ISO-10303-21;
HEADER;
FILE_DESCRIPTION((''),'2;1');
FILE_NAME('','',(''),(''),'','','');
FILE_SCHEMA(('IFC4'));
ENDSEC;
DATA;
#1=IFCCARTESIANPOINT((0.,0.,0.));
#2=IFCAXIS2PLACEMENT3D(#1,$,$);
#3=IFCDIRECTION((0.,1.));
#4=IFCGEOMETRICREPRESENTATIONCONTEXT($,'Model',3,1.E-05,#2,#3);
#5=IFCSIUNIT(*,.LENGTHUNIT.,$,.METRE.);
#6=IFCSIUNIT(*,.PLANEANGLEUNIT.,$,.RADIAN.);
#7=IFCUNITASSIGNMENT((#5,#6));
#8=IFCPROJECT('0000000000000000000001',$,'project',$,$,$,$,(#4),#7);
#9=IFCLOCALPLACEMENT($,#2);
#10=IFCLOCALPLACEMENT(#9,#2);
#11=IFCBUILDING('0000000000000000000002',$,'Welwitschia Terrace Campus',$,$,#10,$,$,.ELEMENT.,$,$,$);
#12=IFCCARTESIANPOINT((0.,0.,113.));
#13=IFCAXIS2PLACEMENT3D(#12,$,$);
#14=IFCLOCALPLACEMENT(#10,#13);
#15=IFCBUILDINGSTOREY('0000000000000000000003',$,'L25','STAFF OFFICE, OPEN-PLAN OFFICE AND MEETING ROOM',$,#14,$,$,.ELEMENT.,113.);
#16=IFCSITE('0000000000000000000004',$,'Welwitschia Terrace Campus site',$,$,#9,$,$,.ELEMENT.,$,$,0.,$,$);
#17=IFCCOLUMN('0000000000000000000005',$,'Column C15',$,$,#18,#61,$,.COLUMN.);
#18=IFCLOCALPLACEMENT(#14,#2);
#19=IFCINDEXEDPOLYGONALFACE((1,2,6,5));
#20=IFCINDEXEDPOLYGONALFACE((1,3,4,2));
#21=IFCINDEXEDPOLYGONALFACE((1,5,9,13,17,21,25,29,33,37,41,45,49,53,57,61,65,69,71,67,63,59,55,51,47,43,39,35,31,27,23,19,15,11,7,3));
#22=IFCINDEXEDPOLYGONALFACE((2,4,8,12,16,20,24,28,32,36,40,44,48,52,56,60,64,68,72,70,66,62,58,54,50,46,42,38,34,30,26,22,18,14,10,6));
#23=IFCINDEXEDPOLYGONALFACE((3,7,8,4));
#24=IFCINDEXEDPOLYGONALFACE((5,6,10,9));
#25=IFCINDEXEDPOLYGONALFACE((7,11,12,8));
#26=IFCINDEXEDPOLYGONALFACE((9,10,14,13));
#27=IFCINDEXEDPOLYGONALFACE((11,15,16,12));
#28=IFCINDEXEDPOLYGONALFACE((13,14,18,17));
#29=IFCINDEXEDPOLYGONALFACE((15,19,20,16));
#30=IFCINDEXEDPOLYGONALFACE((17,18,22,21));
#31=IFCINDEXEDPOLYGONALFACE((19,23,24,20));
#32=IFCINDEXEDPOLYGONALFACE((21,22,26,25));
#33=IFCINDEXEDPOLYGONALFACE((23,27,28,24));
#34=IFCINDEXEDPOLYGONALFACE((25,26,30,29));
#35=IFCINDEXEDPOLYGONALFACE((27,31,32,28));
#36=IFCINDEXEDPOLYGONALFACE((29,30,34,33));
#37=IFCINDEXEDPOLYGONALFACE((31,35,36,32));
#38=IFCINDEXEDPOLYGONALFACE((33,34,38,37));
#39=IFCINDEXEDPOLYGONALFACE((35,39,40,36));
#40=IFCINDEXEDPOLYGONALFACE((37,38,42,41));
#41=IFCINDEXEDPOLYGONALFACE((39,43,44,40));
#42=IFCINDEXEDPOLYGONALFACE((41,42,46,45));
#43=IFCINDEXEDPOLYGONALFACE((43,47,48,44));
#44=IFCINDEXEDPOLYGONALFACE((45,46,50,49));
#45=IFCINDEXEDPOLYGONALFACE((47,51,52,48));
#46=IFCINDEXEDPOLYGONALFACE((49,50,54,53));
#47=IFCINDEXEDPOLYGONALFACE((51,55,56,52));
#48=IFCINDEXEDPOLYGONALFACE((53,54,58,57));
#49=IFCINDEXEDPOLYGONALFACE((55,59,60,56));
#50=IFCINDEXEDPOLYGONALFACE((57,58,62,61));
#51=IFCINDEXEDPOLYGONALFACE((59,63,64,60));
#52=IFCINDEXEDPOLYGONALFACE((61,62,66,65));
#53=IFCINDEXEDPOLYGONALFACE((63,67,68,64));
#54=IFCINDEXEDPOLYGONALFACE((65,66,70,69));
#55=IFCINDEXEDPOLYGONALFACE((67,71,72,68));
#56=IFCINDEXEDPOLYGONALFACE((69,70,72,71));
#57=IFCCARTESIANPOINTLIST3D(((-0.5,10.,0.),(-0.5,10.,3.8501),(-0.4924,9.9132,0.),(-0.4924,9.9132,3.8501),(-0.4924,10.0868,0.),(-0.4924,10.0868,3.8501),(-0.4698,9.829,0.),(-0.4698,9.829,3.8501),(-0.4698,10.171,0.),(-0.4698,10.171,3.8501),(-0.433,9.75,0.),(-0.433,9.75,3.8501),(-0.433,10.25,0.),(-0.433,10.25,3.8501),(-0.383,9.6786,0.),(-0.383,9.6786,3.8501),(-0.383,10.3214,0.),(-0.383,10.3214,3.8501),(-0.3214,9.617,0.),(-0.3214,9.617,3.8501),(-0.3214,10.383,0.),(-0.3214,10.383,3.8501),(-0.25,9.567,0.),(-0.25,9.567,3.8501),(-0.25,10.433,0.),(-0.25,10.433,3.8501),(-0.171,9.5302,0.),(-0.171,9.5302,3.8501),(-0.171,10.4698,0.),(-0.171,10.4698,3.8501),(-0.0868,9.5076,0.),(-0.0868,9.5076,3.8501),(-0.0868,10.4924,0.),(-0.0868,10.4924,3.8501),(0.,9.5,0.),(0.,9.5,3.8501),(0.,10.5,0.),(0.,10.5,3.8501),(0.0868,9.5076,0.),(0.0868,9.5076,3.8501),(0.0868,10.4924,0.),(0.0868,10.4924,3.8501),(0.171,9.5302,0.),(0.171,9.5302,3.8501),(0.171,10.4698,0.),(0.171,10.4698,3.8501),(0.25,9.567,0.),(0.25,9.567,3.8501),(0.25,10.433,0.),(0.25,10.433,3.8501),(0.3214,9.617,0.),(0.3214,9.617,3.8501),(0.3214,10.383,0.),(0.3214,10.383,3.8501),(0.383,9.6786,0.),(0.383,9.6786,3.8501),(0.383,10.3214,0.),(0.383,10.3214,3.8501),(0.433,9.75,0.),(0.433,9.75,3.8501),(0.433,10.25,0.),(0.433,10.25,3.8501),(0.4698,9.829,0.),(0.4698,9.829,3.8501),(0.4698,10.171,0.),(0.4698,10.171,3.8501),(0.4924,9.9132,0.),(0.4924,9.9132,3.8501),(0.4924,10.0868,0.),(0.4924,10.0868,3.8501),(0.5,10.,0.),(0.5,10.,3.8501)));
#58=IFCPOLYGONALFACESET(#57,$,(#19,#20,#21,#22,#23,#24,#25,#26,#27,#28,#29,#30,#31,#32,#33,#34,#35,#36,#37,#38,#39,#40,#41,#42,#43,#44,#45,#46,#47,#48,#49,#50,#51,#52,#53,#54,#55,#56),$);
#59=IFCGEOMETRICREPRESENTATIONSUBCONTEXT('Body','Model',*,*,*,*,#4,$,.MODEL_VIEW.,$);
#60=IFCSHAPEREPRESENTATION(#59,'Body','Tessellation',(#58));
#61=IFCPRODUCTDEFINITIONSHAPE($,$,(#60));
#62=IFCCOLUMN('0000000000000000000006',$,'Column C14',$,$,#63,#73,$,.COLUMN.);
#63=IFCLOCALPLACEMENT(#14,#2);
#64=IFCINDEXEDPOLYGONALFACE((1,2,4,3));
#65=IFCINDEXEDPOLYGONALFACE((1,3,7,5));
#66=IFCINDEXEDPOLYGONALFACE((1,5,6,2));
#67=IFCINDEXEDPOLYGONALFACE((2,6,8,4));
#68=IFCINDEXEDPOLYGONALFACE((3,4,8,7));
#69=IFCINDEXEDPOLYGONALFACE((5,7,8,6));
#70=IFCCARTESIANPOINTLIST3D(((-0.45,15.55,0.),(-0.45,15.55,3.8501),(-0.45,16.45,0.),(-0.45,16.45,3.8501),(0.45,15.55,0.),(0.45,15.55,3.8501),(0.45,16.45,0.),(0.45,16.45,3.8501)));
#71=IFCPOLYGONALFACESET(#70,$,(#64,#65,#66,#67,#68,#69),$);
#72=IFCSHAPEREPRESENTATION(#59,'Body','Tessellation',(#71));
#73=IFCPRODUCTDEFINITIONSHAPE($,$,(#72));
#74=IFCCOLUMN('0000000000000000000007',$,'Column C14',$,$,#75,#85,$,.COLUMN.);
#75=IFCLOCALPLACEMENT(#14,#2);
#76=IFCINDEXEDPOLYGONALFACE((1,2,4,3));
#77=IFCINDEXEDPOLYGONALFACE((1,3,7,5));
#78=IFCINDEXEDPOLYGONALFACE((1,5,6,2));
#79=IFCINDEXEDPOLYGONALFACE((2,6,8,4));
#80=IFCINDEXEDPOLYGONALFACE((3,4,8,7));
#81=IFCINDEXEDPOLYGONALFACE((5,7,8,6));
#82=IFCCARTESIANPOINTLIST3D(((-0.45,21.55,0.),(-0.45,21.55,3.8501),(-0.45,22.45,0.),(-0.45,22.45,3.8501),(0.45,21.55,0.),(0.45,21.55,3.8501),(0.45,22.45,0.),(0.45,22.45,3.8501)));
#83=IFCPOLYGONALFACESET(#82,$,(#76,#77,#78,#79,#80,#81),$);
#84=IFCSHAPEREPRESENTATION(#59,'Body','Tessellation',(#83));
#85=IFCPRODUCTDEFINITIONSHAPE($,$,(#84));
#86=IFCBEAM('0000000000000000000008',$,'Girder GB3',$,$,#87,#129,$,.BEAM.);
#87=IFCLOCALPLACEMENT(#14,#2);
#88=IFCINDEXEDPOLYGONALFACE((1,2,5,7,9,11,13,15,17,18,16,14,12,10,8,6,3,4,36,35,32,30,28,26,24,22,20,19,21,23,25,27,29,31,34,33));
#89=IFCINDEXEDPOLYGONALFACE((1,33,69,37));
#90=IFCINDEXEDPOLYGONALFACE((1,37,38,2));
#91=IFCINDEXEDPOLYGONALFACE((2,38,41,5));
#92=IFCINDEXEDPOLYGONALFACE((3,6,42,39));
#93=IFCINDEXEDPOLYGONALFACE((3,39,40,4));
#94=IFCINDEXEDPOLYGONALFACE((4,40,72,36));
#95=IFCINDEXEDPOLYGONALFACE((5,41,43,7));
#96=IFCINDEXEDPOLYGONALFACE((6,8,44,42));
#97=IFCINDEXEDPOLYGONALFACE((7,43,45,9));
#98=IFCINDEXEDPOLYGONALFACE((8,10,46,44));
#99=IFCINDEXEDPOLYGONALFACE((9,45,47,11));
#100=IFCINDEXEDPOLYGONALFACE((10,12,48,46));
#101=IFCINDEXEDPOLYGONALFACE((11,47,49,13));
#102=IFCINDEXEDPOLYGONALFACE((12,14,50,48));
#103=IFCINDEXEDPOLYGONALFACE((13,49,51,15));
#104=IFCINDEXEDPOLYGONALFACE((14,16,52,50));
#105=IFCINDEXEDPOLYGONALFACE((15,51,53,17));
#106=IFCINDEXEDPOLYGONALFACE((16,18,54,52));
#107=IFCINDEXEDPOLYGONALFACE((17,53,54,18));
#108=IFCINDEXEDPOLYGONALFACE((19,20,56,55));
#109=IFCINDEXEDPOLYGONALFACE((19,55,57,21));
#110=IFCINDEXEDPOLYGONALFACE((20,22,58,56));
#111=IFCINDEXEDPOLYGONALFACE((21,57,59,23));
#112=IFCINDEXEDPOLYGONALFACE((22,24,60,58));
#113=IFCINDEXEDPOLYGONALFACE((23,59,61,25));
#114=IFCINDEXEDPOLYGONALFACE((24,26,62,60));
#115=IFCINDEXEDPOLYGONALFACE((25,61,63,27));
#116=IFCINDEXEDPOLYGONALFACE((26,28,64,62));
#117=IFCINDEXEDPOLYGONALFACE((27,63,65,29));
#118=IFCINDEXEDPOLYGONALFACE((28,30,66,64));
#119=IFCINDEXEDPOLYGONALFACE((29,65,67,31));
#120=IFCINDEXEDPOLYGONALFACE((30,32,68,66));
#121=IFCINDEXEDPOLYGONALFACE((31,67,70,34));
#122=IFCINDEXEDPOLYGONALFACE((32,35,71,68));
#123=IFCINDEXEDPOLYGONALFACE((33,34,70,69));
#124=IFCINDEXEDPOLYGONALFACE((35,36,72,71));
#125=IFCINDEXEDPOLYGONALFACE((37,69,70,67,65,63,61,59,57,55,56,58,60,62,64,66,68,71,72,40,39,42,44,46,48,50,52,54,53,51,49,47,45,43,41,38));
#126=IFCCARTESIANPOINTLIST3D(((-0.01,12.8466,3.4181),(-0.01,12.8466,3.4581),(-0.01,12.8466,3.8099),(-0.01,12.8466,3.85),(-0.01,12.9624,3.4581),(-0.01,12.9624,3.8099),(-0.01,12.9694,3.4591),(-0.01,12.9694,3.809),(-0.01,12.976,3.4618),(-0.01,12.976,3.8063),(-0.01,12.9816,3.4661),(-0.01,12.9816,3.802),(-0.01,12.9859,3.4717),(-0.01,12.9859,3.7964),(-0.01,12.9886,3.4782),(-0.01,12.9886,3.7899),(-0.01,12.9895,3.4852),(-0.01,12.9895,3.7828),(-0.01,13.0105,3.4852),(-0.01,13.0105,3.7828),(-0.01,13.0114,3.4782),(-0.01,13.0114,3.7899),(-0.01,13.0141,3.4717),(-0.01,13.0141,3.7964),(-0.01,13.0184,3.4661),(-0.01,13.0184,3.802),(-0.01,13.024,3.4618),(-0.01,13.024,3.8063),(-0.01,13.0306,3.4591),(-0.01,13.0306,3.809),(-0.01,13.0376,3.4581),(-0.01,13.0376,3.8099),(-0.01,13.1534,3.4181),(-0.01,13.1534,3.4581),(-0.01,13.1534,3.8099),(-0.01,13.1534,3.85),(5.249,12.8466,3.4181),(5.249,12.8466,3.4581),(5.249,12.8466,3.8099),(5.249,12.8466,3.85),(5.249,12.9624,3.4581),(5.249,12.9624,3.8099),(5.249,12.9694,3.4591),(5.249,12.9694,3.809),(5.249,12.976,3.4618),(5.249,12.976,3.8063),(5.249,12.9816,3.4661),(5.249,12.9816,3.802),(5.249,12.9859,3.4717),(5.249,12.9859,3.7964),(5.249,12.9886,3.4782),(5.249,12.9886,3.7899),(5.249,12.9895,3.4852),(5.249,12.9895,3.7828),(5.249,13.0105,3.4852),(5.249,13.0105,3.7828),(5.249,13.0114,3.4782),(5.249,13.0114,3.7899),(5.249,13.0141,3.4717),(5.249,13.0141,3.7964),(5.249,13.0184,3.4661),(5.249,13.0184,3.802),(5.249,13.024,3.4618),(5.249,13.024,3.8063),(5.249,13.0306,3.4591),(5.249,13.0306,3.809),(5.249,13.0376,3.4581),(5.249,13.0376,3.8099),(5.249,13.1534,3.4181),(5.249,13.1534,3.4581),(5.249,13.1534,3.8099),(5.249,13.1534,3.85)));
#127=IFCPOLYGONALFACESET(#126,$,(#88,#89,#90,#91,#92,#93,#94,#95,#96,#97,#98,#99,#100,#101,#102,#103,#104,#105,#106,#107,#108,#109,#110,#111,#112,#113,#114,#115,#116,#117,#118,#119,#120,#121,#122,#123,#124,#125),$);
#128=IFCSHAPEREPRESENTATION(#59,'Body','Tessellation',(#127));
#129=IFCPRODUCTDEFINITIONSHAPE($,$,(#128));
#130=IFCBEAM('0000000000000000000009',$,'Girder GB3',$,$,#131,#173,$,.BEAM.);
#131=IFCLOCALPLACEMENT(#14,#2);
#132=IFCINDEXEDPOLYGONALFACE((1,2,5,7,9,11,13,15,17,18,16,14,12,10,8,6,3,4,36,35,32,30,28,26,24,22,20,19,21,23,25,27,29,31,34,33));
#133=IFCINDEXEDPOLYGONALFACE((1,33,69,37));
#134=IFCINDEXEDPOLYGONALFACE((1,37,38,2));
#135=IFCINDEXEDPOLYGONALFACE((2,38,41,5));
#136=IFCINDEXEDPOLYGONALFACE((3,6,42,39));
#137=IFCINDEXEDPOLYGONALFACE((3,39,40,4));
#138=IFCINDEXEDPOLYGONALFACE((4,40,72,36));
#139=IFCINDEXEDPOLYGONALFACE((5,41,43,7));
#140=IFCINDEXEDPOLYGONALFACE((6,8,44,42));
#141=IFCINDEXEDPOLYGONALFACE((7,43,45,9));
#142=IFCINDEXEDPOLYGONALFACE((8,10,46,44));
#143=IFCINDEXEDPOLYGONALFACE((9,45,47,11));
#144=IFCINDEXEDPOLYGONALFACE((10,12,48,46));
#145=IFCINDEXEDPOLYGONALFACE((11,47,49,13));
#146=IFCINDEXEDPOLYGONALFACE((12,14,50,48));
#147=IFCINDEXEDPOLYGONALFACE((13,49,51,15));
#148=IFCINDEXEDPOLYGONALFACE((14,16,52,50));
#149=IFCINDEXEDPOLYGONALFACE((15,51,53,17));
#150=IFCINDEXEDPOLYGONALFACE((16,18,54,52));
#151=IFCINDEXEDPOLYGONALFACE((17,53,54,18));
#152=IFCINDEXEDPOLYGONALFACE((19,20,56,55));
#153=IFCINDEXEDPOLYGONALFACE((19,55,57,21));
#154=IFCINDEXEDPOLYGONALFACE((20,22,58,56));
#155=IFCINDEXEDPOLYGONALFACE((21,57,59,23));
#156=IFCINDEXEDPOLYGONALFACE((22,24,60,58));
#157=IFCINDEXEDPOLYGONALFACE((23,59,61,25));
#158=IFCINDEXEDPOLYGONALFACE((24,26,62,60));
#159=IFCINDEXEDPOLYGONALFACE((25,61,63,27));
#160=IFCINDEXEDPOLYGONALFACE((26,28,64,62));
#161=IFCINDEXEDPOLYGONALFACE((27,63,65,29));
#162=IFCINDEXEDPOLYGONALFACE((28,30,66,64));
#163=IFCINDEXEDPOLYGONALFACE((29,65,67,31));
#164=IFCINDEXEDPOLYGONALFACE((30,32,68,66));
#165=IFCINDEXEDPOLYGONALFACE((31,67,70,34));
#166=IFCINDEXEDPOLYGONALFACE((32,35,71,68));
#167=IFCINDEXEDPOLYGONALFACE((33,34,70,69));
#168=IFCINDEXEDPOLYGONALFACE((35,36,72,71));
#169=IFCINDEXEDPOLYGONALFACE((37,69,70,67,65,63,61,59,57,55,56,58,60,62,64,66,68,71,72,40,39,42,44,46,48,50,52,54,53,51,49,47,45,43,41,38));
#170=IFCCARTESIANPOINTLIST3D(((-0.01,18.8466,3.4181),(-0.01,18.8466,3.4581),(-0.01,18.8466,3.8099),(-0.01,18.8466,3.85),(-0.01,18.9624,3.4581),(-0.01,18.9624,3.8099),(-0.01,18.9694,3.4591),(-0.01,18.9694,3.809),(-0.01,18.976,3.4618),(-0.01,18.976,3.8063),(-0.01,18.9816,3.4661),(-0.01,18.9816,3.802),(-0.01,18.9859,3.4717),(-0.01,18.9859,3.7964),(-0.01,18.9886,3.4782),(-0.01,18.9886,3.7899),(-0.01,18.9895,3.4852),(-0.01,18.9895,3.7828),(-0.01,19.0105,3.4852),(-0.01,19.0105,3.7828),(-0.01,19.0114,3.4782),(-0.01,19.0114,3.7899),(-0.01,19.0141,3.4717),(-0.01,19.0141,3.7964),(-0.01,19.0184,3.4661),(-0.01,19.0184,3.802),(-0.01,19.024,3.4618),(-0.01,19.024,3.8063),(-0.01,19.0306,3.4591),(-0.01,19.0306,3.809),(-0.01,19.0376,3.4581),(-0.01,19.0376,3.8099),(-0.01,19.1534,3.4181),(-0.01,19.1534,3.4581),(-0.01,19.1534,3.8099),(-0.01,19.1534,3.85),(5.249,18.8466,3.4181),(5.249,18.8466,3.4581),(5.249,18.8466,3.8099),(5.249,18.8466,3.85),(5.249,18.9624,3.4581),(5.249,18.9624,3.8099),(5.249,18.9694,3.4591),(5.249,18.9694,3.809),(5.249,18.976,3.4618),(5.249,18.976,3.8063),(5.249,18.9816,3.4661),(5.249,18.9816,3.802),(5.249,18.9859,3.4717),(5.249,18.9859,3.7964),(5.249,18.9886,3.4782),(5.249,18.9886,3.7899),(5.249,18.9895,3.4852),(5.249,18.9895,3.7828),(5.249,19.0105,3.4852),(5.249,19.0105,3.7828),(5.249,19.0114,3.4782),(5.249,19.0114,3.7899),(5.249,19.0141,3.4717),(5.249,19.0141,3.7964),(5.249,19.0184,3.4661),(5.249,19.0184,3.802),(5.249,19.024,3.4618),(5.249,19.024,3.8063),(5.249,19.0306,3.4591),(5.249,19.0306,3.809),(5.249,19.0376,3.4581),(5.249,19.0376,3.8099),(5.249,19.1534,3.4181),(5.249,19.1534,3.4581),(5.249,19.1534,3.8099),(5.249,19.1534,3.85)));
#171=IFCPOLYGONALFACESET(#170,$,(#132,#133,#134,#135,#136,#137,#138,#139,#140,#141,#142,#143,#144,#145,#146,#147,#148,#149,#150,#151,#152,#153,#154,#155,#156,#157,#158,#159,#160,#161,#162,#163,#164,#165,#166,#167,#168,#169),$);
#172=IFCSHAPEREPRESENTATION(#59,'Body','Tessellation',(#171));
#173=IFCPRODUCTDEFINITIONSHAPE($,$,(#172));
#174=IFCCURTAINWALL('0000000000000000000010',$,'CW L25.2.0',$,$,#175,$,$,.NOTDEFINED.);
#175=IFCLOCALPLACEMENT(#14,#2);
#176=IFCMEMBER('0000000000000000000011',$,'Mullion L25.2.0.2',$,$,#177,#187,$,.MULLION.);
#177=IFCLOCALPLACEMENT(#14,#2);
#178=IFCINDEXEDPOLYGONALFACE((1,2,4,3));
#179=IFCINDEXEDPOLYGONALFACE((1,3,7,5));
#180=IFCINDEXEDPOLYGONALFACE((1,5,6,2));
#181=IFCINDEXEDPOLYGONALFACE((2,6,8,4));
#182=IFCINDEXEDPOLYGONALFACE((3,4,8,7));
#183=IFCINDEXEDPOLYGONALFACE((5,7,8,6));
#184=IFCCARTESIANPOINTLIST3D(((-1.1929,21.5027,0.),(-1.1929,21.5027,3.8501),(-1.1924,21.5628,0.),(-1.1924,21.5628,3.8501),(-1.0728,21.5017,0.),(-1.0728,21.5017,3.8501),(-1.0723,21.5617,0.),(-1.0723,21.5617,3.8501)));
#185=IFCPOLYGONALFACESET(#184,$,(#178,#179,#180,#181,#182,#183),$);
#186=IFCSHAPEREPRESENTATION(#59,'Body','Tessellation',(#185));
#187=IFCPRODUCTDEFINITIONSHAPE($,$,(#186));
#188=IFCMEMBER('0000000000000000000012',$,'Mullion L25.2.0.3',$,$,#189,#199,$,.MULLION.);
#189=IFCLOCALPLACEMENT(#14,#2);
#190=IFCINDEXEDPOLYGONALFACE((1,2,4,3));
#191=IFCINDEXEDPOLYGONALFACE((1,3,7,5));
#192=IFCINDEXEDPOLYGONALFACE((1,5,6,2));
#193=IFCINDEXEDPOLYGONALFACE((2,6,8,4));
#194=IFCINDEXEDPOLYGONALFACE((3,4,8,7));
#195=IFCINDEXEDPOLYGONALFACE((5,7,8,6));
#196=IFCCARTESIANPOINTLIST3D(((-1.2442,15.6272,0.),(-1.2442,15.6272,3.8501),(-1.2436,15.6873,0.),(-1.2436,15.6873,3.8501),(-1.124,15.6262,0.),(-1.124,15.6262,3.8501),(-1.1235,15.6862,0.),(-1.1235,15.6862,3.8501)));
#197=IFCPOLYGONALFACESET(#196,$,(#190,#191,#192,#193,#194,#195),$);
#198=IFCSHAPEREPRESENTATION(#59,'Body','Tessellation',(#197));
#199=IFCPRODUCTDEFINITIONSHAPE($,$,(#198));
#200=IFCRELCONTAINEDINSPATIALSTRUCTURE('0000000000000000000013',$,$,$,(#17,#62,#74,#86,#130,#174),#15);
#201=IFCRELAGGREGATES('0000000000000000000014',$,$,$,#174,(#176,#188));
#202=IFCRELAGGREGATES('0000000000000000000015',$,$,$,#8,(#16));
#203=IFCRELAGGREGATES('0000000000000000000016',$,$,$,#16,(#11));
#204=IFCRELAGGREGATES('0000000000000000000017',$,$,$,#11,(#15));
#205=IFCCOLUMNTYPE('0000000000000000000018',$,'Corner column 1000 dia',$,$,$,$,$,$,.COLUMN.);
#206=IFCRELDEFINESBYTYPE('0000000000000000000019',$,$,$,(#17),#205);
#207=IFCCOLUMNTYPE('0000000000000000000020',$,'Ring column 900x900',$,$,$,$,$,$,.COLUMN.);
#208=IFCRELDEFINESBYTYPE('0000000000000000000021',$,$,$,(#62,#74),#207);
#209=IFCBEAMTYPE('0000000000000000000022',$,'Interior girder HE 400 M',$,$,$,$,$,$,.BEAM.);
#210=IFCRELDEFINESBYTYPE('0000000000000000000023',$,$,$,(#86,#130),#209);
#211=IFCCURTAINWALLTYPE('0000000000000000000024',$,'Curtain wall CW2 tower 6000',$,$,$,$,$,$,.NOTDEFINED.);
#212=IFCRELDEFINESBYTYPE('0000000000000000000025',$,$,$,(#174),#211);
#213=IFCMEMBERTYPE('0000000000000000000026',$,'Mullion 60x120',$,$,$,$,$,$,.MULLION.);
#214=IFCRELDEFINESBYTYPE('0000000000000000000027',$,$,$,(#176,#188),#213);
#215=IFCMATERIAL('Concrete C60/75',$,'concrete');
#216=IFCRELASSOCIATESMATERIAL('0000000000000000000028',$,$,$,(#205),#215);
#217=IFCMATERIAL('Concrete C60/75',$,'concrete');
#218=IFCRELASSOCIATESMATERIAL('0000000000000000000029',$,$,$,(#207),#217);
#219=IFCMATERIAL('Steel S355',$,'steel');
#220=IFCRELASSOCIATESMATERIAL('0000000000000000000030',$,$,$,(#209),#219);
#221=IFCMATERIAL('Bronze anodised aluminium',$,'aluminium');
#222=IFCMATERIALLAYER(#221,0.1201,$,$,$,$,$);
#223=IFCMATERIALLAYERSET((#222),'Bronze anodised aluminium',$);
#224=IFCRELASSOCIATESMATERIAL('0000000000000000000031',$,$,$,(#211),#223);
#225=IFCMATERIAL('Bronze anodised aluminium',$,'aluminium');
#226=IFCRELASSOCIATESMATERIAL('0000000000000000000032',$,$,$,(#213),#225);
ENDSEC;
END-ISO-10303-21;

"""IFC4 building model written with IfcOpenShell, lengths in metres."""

from ifc_helpers import new_model, si_unit, direction, frame, origin, origin_2d, place, context, subcontext, project, spatial, rectangle, circle, i_section, extrude, material, layer, layer_set, material_profile, profile_set, type_object, element, aggregate, save


model = new_model("IFC4")

# Units and contexts
model_context = context("Model", 3, precision=1e-05, world=origin(), true_north=direction((0.0, 1.0)))
body_context = subcontext(model_context, "Body", "Model", "MODEL_VIEW")
ifc_project = project(units=[si_unit("LENGTHUNIT", "METRE"), si_unit("PLANEANGLEUNIT", "RADIAN")], contexts=[model_context])

# Site, building, storey
site_placement = place(None, origin())
site = spatial("IfcSite", under=ifc_project, at=site_placement, Name="Welwitschia Terrace Campus site", CompositionType="ELEMENT", RefElevation=0.0)
building_placement = place(site_placement, origin())
building = spatial("IfcBuilding", under=site, at=building_placement, Name="Welwitschia Terrace Campus", CompositionType="ELEMENT")
storey_placement = place(building_placement, frame((0.0, 0.0, 113.0)))
storey = spatial("IfcBuildingStorey", under=building, at=storey_placement, Name="L25", Description="STAFF OFFICE, OPEN-PLAN OFFICE AND MEETING ROOM", CompositionType="ELEMENT", Elevation=113.0)

# Columns
ifc_material_1 = material(Name="Concrete C60/75", Category="concrete")
ifc_material_profile_1 = material_profile(ifc_material_1, circle(Radius=0.5, at=origin_2d()))
ifc_profile_set_1 = profile_set([ifc_material_profile_1], Name="Concrete C60/75")
column_type_1 = type_object("IfcColumnType", Name="Corner column 1000 dia", PredefinedType="COLUMN", material=ifc_profile_set_1)
column_placement = place(storey_placement, frame((0.0, 10.0, 0.0), z_axis=(0.0, 0.0, 1.0), x_axis=(1.0, 0.0, 0.0)))
element("IfcColumn", 1, at=column_placement, inside=storey, type_object=column_type_1, Name="Column C15", PredefinedType="COLUMN", context=body_context, shape_type="SweptSolid", body=[
    extrude(circle(Radius=0.5, at=origin_2d()), origin(), (0.0, 0.0, 1.0), 3.8501),
])
ifc_material_2 = material(Name="Concrete C60/75", Category="concrete")
ifc_material_profile_2 = material_profile(ifc_material_2, rectangle(XDim=0.8999, YDim=0.8999, at=origin_2d()))
ifc_profile_set_2 = profile_set([ifc_material_profile_2], Name="Concrete C60/75")
column_type_2 = type_object("IfcColumnType", Name="Ring column 900x900", PredefinedType="COLUMN", material=ifc_profile_set_2)
for number, where, z_axis, x_axis, name in (
    (2, (0.0, 16.0, 0.0), (0.0, 0.0, 1.0), (1.0, 0.0, 0.0), "Column C14"),
    (3, (0.0, 22.0, 0.0), (0.0, 0.0, 1.0), (1.0, 0.0, 0.0), "Column C14"),
):
    element("IfcColumn", number, at=place(storey_placement, frame(where, z_axis=z_axis, x_axis=x_axis)), inside=storey, type_object=column_type_2, Name=name, PredefinedType="COLUMN", context=body_context, shape_type="SweptSolid", body=[
        extrude(rectangle(XDim=0.8999, YDim=0.8999, at=origin_2d()), origin(), (0.0, 0.0, 1.0), 3.8501),
    ])

# Beams
ifc_material_3 = material(Name="Steel S355", Category="steel")
ifc_material_profile_3 = material_profile(ifc_material_3, i_section(OverallWidth=0.3069, OverallDepth=0.4319, WebThickness=0.021, FlangeThickness=0.04, FilletRadius=0.0271, at=origin_2d()))
ifc_profile_set_3 = profile_set([ifc_material_profile_3], Name="Steel S355")
beam_type_1 = type_object("IfcBeamType", Name="Interior girder HE 400 M", PredefinedType="BEAM", material=ifc_profile_set_3)
for number, where, z_axis, x_axis, name in (
    (4, (-0.01, 13.0, 3.634), (1.0, 0.0, 0.0), (0.0, 1.0, 0.0), "Girder GB3"),
    (5, (-0.01, 19.0, 3.634), (1.0, 0.0, 0.0), (0.0, 1.0, 0.0), "Girder GB3"),
):
    element("IfcBeam", number, at=place(storey_placement, frame(where, z_axis=z_axis, x_axis=x_axis)), inside=storey, type_object=beam_type_1, Name=name, PredefinedType="BEAM", context=body_context, shape_type="SweptSolid", body=[
        extrude(i_section(OverallWidth=0.3069, OverallDepth=0.4319, WebThickness=0.021, FlangeThickness=0.04, FilletRadius=0.0271, at=origin_2d()), origin(), (0.0, 0.0, 1.0), 5.259),
    ])

# Curtain wall, members
ifc_material_4 = material(Name="Bronze anodised aluminium", Category="aluminium")
ifc_layer_1 = layer(ifc_material_4, 0.1201)
ifc_layer_set_1 = layer_set([ifc_layer_1], Name="Bronze anodised aluminium")
curtain_wall_type = type_object("IfcCurtainWallType", Name="Curtain wall CW2 tower 6000", PredefinedType="NOTDEFINED", material=ifc_layer_set_1)
curtain_wall_1_placement = place(storey_placement, origin())
curtain_wall_1 = element("IfcCurtainWall", 6, at=curtain_wall_1_placement, inside=storey, type_object=curtain_wall_type, Name="CW L25.2.0", PredefinedType="NOTDEFINED")
ifc_material_5 = material(Name="Bronze anodised aluminium", Category="aluminium")
ifc_material_profile_4 = material_profile(ifc_material_5, rectangle(XDim=0.1201, YDim=0.0601, at=origin_2d()))
ifc_profile_set_4 = profile_set([ifc_material_profile_4], Name="Bronze anodised aluminium")
member_type_1 = type_object("IfcMemberType", Name="Mullion 60x120", PredefinedType="MULLION", material=ifc_profile_set_4)
member_1_placement = place(storey_placement, frame((-1.1326, 21.5322, 0.0), z_axis=(0.0, 0.0, 1.0), x_axis=(0.999962, -0.008727, 0.0)))
member_1 = element("IfcMember", 7, at=member_1_placement, type_object=member_type_1, Name="Mullion L25.2.0.2", PredefinedType="MULLION", context=body_context, shape_type="SweptSolid", body=[
    extrude(rectangle(XDim=0.1201, YDim=0.0601, at=origin_2d()), origin(), (0.0, 0.0, 1.0), 3.8501),
])
member_2_placement = place(storey_placement, frame((-1.1838, 15.6567, 0.0), z_axis=(0.0, 0.0, 1.0), x_axis=(0.999962, -0.008727, 0.0)))
member_2 = element("IfcMember", 8, at=member_2_placement, type_object=member_type_1, Name="Mullion L25.2.0.3", PredefinedType="MULLION", context=body_context, shape_type="SweptSolid", body=[
    extrude(rectangle(XDim=0.1201, YDim=0.0601, at=origin_2d()), origin(), (0.0, 0.0, 1.0), 3.8501),
])

aggregate(curtain_wall_1, [member_1, member_2])

save(model, "model.ifc")
